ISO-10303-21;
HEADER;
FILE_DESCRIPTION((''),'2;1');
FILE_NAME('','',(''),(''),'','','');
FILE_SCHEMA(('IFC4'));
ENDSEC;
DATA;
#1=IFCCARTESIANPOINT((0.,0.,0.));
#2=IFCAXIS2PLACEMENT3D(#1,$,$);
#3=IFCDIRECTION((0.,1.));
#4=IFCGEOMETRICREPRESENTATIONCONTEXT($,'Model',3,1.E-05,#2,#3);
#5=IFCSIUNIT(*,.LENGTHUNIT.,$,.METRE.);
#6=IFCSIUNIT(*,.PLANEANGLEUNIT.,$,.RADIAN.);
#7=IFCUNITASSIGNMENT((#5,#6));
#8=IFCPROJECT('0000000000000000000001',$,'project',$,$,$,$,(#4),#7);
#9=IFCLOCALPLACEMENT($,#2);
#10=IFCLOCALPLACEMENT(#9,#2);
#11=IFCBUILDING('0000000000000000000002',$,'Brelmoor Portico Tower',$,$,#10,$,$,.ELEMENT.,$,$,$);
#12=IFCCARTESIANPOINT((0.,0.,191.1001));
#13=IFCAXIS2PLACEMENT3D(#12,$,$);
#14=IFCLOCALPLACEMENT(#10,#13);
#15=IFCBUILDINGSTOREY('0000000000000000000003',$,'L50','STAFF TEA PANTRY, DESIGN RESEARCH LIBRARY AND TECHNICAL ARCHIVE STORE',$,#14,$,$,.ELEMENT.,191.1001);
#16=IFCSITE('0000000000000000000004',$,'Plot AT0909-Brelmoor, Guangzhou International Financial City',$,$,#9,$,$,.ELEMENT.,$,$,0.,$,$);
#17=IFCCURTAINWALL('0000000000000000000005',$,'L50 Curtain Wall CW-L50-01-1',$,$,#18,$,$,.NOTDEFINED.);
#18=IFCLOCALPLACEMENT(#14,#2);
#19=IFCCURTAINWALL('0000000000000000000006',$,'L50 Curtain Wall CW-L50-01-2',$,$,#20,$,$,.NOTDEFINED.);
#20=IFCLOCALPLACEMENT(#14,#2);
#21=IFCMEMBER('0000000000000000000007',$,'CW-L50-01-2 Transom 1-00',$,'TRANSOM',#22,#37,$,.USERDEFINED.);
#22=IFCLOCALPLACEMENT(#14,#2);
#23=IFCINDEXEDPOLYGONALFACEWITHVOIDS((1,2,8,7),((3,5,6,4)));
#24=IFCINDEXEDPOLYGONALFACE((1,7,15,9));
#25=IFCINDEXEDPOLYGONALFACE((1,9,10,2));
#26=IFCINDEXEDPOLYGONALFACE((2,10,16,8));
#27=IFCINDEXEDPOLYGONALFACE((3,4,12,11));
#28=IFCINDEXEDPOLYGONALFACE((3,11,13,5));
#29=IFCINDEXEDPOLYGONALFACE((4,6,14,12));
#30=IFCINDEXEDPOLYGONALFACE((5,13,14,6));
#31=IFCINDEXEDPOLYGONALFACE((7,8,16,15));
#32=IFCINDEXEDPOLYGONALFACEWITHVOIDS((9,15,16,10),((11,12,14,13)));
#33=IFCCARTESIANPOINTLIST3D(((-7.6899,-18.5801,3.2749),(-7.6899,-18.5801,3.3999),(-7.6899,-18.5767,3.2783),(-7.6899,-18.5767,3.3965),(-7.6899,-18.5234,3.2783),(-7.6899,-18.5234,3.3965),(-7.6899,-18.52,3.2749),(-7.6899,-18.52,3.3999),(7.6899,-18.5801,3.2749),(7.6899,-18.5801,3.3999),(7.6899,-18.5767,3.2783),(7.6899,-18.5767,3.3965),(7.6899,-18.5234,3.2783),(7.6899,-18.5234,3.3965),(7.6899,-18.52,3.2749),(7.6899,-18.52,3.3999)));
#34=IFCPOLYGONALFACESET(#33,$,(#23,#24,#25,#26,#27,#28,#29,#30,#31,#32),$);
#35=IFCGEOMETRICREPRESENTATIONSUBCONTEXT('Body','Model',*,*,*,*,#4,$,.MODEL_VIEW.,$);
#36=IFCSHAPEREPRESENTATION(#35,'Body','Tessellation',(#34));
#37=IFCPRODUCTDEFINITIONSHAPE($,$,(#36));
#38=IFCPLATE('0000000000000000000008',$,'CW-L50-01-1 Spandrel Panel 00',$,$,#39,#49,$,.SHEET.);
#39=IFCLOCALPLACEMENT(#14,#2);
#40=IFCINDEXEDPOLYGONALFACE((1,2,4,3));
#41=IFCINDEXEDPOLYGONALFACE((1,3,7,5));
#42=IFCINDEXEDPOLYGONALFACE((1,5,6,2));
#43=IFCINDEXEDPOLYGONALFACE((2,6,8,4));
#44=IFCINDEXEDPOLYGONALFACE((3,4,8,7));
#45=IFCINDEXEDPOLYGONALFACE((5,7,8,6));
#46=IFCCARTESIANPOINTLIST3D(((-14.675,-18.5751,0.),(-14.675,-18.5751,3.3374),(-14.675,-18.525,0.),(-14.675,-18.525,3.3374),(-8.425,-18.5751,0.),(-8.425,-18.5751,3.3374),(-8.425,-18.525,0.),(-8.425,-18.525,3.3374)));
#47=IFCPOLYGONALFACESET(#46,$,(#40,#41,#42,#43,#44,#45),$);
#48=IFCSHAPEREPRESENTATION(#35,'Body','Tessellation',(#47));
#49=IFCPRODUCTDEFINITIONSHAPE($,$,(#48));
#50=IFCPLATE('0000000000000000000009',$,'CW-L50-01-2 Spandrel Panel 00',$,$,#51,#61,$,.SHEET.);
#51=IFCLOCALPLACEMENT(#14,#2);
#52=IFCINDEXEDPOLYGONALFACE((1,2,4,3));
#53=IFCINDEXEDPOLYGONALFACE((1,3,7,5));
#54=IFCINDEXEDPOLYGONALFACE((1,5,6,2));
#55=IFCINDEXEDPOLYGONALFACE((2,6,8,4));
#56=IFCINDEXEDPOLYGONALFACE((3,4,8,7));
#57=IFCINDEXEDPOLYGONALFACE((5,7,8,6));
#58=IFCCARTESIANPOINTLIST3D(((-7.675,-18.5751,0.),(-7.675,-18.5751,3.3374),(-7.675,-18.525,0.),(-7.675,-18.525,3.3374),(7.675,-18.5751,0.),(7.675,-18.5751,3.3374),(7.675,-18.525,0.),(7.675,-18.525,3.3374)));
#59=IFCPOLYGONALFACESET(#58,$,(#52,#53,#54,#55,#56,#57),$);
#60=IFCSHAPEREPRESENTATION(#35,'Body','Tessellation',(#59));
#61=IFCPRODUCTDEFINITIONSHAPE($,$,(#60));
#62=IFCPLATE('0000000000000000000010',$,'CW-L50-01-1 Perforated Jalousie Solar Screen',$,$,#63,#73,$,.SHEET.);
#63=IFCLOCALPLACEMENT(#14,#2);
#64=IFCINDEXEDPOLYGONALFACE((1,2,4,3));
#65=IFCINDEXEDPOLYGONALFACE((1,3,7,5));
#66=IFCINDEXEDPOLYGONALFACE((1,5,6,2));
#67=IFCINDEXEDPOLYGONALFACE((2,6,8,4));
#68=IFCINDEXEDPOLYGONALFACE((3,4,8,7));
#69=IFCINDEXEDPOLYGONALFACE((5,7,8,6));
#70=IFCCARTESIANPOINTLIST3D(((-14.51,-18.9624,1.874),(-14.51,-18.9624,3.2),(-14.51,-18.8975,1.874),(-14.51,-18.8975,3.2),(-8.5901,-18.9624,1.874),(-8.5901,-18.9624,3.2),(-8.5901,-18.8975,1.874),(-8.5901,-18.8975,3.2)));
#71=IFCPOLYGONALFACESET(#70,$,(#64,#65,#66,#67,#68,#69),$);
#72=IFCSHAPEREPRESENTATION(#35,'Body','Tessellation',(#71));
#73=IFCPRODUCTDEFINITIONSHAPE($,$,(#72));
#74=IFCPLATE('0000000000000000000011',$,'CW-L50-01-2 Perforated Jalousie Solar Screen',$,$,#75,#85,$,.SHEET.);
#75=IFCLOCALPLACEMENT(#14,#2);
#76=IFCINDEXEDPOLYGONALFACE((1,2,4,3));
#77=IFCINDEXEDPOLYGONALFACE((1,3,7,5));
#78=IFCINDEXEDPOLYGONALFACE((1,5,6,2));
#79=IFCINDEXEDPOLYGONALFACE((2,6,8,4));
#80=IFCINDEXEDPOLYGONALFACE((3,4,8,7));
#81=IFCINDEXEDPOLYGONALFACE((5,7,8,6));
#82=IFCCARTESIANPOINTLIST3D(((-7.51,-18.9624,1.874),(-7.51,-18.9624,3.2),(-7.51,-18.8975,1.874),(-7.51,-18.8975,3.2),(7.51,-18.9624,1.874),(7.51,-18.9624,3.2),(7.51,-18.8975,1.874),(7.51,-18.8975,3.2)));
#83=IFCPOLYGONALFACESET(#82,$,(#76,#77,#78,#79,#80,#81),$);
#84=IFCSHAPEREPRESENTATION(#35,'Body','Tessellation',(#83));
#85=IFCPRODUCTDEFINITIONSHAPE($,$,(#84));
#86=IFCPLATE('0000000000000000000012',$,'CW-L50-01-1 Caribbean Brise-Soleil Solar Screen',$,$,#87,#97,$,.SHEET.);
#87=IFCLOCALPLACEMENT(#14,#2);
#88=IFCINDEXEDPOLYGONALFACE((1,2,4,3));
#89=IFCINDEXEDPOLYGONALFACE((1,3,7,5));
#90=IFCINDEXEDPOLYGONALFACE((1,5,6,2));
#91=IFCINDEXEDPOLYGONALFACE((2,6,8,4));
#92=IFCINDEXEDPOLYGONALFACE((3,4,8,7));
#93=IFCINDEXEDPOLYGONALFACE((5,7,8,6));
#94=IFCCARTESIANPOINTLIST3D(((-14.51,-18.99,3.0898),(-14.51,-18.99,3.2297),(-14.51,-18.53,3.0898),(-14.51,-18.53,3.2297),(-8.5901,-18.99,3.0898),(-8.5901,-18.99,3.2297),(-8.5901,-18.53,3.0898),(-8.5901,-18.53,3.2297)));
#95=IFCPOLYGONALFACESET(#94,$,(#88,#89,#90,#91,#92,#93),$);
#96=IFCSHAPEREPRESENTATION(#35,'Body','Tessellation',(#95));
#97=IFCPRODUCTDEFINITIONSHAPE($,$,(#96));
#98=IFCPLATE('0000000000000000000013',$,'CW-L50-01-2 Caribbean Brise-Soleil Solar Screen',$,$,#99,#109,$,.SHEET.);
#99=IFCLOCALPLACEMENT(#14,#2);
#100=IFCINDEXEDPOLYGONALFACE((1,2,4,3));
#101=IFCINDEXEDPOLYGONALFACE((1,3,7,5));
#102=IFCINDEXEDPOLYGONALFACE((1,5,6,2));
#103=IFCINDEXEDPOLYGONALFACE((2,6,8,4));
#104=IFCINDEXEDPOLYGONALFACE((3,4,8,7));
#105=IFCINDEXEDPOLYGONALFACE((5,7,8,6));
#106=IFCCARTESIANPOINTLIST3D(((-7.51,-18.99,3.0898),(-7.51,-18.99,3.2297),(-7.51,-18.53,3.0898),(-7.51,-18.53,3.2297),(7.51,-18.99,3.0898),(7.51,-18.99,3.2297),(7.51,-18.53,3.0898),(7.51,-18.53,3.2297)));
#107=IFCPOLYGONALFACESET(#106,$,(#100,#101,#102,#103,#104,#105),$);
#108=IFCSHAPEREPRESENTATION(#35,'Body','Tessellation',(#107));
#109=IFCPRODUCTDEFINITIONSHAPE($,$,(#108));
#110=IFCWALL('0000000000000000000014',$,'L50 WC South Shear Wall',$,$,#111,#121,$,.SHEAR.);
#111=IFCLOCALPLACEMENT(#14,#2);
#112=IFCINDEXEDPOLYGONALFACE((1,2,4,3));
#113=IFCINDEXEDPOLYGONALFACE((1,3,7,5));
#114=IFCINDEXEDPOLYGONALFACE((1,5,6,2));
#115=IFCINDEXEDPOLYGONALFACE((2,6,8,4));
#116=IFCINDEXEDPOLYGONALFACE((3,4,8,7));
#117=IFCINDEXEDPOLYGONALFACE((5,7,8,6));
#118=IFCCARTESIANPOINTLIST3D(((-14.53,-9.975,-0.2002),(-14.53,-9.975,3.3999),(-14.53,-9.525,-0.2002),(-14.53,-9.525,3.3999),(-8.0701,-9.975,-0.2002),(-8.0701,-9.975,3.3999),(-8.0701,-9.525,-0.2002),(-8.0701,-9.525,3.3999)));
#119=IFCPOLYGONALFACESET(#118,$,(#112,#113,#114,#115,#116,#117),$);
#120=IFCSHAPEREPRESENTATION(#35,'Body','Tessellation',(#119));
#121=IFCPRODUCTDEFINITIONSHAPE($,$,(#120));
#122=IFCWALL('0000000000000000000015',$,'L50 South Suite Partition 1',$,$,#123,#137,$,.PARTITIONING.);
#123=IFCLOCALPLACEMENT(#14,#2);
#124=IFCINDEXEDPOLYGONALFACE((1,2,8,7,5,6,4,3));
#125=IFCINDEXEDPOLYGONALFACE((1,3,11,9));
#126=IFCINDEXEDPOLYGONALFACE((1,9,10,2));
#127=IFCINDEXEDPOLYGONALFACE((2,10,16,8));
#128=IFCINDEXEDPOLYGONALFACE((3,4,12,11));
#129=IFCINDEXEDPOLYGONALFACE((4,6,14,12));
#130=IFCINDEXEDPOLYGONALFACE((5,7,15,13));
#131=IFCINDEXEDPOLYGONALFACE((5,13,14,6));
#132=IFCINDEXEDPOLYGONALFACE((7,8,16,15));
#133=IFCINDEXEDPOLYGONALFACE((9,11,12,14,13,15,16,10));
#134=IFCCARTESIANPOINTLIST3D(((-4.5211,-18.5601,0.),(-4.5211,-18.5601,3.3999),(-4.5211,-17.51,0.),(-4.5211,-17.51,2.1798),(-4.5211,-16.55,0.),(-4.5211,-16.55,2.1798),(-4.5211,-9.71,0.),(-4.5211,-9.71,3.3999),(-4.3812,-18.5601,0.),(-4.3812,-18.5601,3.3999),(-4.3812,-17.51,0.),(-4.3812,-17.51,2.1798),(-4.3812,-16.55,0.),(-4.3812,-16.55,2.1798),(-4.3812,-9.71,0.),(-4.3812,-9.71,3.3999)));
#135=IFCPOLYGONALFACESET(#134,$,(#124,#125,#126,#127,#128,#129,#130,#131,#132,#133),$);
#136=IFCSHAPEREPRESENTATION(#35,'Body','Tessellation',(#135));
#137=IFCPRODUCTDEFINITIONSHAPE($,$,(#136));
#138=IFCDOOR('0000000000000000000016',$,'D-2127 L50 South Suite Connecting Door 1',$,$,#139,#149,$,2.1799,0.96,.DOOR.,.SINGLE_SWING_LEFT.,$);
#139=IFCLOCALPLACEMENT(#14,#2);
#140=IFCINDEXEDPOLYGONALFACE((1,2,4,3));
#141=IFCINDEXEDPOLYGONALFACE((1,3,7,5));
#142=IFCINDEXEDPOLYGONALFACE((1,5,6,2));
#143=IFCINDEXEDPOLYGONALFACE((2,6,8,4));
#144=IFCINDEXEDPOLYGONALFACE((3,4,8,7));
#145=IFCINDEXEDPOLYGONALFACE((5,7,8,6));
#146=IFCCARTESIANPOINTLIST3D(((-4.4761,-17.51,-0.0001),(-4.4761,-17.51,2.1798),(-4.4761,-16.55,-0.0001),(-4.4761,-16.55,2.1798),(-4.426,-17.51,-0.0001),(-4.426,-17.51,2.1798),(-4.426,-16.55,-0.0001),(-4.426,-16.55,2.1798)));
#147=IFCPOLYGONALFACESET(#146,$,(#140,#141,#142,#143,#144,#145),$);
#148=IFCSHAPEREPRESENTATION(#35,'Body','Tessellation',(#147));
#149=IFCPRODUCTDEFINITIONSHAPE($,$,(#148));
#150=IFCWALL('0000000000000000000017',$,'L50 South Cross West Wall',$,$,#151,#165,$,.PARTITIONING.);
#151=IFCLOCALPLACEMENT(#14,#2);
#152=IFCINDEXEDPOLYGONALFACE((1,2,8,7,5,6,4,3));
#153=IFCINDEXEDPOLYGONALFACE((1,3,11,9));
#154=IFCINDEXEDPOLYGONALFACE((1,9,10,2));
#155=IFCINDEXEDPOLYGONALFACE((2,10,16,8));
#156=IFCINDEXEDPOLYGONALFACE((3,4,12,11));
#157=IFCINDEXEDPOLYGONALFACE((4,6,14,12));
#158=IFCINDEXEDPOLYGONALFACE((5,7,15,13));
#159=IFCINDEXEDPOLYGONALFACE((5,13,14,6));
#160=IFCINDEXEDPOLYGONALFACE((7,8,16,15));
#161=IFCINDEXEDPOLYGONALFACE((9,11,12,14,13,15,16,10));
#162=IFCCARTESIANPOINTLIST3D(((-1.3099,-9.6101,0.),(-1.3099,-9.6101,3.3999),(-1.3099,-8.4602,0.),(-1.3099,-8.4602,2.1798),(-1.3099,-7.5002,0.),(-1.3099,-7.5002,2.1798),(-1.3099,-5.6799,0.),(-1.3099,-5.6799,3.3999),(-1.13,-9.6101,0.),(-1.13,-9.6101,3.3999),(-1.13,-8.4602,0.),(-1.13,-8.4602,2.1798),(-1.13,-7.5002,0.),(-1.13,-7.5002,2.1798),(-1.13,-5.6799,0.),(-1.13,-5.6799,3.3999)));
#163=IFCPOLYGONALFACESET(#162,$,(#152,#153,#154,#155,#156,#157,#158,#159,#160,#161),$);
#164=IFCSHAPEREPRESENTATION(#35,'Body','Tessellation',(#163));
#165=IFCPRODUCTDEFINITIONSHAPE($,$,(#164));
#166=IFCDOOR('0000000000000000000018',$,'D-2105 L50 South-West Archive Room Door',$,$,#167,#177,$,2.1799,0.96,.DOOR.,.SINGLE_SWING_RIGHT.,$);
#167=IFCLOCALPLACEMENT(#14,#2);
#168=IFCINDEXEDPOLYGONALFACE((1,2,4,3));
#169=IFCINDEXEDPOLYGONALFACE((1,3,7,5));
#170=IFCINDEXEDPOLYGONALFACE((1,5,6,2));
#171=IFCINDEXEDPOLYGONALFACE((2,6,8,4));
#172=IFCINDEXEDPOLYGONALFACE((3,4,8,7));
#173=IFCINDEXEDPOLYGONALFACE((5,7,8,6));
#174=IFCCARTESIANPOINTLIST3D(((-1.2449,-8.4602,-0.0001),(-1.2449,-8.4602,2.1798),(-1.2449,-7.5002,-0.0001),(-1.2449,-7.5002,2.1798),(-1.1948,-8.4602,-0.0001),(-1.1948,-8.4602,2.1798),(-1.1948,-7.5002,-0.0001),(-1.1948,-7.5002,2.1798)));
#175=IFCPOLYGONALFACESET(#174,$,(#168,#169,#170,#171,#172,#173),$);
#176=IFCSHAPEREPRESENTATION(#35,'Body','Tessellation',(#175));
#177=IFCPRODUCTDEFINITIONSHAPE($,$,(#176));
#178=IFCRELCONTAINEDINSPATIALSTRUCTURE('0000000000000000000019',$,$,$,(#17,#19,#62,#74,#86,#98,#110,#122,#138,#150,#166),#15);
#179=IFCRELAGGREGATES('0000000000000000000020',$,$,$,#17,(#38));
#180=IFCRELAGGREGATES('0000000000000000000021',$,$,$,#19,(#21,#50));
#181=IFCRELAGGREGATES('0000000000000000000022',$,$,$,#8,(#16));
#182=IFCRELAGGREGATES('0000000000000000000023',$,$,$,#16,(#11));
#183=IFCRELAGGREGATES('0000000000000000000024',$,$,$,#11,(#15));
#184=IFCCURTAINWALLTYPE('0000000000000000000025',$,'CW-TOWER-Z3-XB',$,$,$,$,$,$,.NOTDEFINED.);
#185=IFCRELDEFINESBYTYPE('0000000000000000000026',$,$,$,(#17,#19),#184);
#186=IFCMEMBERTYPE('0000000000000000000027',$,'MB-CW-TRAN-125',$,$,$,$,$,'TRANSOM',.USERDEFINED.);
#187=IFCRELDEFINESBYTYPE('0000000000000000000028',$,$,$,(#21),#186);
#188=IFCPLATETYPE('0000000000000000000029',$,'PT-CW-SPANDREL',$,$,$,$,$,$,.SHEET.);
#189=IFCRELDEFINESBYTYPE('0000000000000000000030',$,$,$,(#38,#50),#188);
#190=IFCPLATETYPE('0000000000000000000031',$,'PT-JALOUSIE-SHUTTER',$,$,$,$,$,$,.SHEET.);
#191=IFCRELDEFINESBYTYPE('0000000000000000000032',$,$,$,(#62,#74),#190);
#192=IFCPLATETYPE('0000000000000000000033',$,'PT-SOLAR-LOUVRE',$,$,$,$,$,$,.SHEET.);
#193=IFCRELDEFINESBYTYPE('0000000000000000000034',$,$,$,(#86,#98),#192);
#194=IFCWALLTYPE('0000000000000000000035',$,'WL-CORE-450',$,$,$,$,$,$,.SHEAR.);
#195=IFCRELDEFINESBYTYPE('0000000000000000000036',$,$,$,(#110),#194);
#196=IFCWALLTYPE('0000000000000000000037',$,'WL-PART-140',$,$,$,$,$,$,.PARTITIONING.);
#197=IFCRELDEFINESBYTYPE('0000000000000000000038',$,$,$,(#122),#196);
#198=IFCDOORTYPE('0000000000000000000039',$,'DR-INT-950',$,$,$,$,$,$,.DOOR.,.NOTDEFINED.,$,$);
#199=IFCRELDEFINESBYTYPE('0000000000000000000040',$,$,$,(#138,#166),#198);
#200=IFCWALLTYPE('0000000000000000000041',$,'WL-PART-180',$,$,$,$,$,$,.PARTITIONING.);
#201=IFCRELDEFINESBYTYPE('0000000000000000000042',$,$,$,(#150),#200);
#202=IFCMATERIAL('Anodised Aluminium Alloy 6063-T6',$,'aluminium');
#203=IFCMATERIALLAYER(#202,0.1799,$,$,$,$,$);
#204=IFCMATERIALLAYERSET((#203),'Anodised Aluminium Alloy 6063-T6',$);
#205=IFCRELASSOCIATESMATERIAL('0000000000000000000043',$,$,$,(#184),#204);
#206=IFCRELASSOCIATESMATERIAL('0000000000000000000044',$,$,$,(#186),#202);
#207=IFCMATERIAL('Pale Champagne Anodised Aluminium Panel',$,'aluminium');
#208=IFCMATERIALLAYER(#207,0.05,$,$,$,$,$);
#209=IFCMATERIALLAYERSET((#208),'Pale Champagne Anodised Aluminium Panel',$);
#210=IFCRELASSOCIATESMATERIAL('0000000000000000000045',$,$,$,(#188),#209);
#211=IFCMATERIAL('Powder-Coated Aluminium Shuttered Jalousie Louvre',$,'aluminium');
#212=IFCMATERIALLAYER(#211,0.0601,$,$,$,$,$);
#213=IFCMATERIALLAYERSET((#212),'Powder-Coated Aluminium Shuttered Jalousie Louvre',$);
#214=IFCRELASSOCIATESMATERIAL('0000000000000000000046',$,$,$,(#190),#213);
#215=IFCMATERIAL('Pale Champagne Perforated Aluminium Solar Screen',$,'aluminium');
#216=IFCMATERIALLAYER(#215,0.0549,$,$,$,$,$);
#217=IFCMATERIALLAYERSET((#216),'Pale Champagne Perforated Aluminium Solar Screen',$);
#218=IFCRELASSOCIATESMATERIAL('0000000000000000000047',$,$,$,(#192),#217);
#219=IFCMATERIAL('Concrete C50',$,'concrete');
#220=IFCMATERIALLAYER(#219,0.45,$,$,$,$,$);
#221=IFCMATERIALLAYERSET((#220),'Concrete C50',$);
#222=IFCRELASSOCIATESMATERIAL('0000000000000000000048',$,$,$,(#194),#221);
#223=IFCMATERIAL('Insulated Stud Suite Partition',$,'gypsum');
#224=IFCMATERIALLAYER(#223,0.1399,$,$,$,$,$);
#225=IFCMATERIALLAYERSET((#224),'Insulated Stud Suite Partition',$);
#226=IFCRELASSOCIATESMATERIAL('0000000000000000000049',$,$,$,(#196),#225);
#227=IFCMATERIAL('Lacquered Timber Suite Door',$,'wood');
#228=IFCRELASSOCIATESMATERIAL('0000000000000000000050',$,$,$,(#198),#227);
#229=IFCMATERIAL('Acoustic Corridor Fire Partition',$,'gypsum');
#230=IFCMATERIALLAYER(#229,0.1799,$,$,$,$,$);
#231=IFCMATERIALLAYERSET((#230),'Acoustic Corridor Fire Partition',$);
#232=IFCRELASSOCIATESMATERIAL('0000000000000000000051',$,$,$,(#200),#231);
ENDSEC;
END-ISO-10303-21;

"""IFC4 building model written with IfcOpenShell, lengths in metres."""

from ifc_helpers import new_model, si_unit, direction, frame, frame_2d, origin, origin_2d, place, context, subcontext, project, spatial, rectangle, hollow_rectangle, extrude, material, layer, layer_set, material_profile, profile_set, type_object, element, fill, aggregate, save


model = new_model("IFC4")

# Units and contexts
model_context = context("Model", 3, precision=1e-05, world=origin(), true_north=direction((0.0, 1.0)))
body_context = subcontext(model_context, "Body", "Model", "MODEL_VIEW")
ifc_project = project(units=[si_unit("LENGTHUNIT", "METRE"), si_unit("PLANEANGLEUNIT", "RADIAN")], contexts=[model_context])

# Site, building, storey
site_placement = place(None, origin())
site = spatial("IfcSite", under=ifc_project, at=site_placement, Name="Plot AT0909-Brelmoor, Guangzhou International Financial City", CompositionType="ELEMENT", RefElevation=0.0)
building_placement = place(site_placement, origin())
building = spatial("IfcBuilding", under=site, at=building_placement, Name="Brelmoor Portico Tower", CompositionType="ELEMENT")
storey_placement = place(building_placement, frame((0.0, 0.0, 191.1001)))
storey = spatial("IfcBuildingStorey", under=building, at=storey_placement, Name="L50", Description="STAFF TEA PANTRY, DESIGN RESEARCH LIBRARY AND TECHNICAL ARCHIVE STORE", CompositionType="ELEMENT", Elevation=191.1001)

# Curtain wall
ifc_material_1 = material(Name="Anodised Aluminium Alloy 6063-T6", Category="aluminium")
ifc_layer_1 = layer(ifc_material_1, 0.1799)
ifc_layer_set_1 = layer_set([ifc_layer_1], Name="Anodised Aluminium Alloy 6063-T6")
curtain_wall_type = type_object("IfcCurtainWallType", Name="CW-TOWER-Z3-XB", PredefinedType="NOTDEFINED", material=ifc_layer_set_1)
curtain_wall_1_placement = place(storey_placement, origin())
curtain_wall_1 = element("IfcCurtainWall", 1, at=curtain_wall_1_placement, inside=storey, type_object=curtain_wall_type, Name="L50 Curtain Wall CW-L50-01-1", PredefinedType="NOTDEFINED")

# Curtain wall, member
curtain_wall_2_placement = place(storey_placement, origin())
curtain_wall_2 = element("IfcCurtainWall", 2, at=curtain_wall_2_placement, inside=storey, type_object=curtain_wall_type, Name="L50 Curtain Wall CW-L50-01-2", PredefinedType="NOTDEFINED")
ifc_material_profile_1 = material_profile(ifc_material_1, hollow_rectangle(XDim=0.0601, YDim=0.125, WallThickness=0.0034, at=origin_2d()), Name="ALU TRANSOM 60x125")
ifc_profile_set_1 = profile_set([ifc_material_profile_1], Name="Anodised Aluminium Alloy 6063-T6")
member_type_1 = type_object("IfcMemberType", Name="MB-CW-TRAN-125", ElementType="TRANSOM", PredefinedType="USERDEFINED", material=ifc_profile_set_1)
member_1_placement = place(storey_placement, frame((-7.6899, -18.55, 3.3374), z_axis=(1.0, 0.0, 0.0), x_axis=(0.0, 1.0, 0.0)))
member_1 = element("IfcMember", 3, at=member_1_placement, type_object=member_type_1, Name="CW-L50-01-2 Transom 1-00", ObjectType="TRANSOM", PredefinedType="USERDEFINED", context=body_context, shape_type="SweptSolid", body=[
    extrude(hollow_rectangle(XDim=0.0601, YDim=0.125, WallThickness=0.0034, at=origin_2d()), origin(), (0.0, 0.0, 1.0), 15.3799),
])

# Plates
ifc_material_2 = material(Name="Pale Champagne Anodised Aluminium Panel", Category="aluminium")
ifc_layer_2 = layer(ifc_material_2, 0.05)
ifc_layer_set_2 = layer_set([ifc_layer_2], Name="Pale Champagne Anodised Aluminium Panel")
plate_type_1 = type_object("IfcPlateType", Name="PT-CW-SPANDREL", PredefinedType="SHEET", material=ifc_layer_set_2)
plate_1_placement = place(storey_placement, frame((-11.55, -18.55, 0.0), z_axis=(0.0, 0.0, 1.0), x_axis=(1.0, 0.0, 0.0)))
plate_1 = element("IfcPlate", 4, at=plate_1_placement, type_object=plate_type_1, Name="CW-L50-01-1 Spandrel Panel 00", PredefinedType="SHEET", context=body_context, shape_type="SweptSolid", body=[
    extrude(rectangle(XDim=6.25, YDim=0.05, at=origin_2d()), origin(), (0.0, 0.0, 1.0), 3.3374),
])
aggregate(curtain_wall_1, [plate_1])
plate_2_placement = place(storey_placement, frame((0.0, -18.55, 0.0), z_axis=(0.0, 0.0, 1.0), x_axis=(1.0, 0.0, 0.0)))
plate_2 = element("IfcPlate", 5, at=plate_2_placement, type_object=plate_type_1, Name="CW-L50-01-2 Spandrel Panel 00", PredefinedType="SHEET", context=body_context, shape_type="SweptSolid", body=[
    extrude(rectangle(XDim=15.3501, YDim=0.05, at=origin_2d()), origin(), (0.0, 0.0, 1.0), 3.3374),
])
aggregate(curtain_wall_2, [member_1, plate_2])

# Plates
ifc_material_3 = material(Name="Powder-Coated Aluminium Shuttered Jalousie Louvre", Category="aluminium")
ifc_layer_3 = layer(ifc_material_3, 0.0601)
ifc_layer_set_3 = layer_set([ifc_layer_3], Name="Powder-Coated Aluminium Shuttered Jalousie Louvre")
plate_type_2 = type_object("IfcPlateType", Name="PT-JALOUSIE-SHUTTER", PredefinedType="SHEET", material=ifc_layer_set_3)
plate_3_placement = place(storey_placement, frame((-11.55, -18.9299, 1.874), z_axis=(0.0, 0.0, 1.0), x_axis=(1.0, 0.0, 0.0)))
element("IfcPlate", 6, at=plate_3_placement, inside=storey, type_object=plate_type_2, Name="CW-L50-01-1 Perforated Jalousie Solar Screen", PredefinedType="SHEET", context=body_context, shape_type="SweptSolid", body=[
    extrude(rectangle(XDim=5.9199, YDim=0.0649, at=origin_2d()), origin(), (0.0, 0.0, 1.0), 1.3259),
])
plate_4_placement = place(storey_placement, frame((0.0, -18.9299, 1.874), z_axis=(0.0, 0.0, 1.0), x_axis=(1.0, 0.0, 0.0)))
element("IfcPlate", 7, at=plate_4_placement, inside=storey, type_object=plate_type_2, Name="CW-L50-01-2 Perforated Jalousie Solar Screen", PredefinedType="SHEET", context=body_context, shape_type="SweptSolid", body=[
    extrude(rectangle(XDim=15.02, YDim=0.0649, at=origin_2d()), origin(), (0.0, 0.0, 1.0), 1.3259),
])
ifc_material_4 = material(Name="Pale Champagne Perforated Aluminium Solar Screen", Category="aluminium")
ifc_layer_4 = layer(ifc_material_4, 0.0549)
ifc_layer_set_4 = layer_set([ifc_layer_4], Name="Pale Champagne Perforated Aluminium Solar Screen")
plate_type_3 = type_object("IfcPlateType", Name="PT-SOLAR-LOUVRE", PredefinedType="SHEET", material=ifc_layer_set_4)
plate_5_placement = place(storey_placement, frame((-11.55, -18.76, 3.0898), z_axis=(0.0, 0.0, 1.0), x_axis=(1.0, 0.0, 0.0)))
element("IfcPlate", 8, at=plate_5_placement, inside=storey, type_object=plate_type_3, Name="CW-L50-01-1 Caribbean Brise-Soleil Solar Screen", PredefinedType="SHEET", context=body_context, shape_type="SweptSolid", body=[
    extrude(rectangle(XDim=5.9199, YDim=0.46, at=origin_2d()), origin(), (0.0, 0.0, 1.0), 0.1399),
])
plate_6_placement = place(storey_placement, frame((0.0, -18.76, 3.0898), z_axis=(0.0, 0.0, 1.0), x_axis=(1.0, 0.0, 0.0)))
element("IfcPlate", 9, at=plate_6_placement, inside=storey, type_object=plate_type_3, Name="CW-L50-01-2 Caribbean Brise-Soleil Solar Screen", PredefinedType="SHEET", context=body_context, shape_type="SweptSolid", body=[
    extrude(rectangle(XDim=15.02, YDim=0.46, at=origin_2d()), origin(), (0.0, 0.0, 1.0), 0.1399),
])

# Wall
ifc_material_5 = material(Name="Concrete C50", Category="concrete")
ifc_layer_5 = layer(ifc_material_5, 0.45)
ifc_layer_set_5 = layer_set([ifc_layer_5], Name="Concrete C50")
wall_type_1 = type_object("IfcWallType", Name="WL-CORE-450", PredefinedType="SHEAR", material=ifc_layer_set_5)
wall_1_placement = place(storey_placement, frame((-14.53, -9.75, -0.2002), z_axis=(0.0, 0.0, 1.0), x_axis=(1.0, 0.0, 0.0)))
element("IfcWall", 10, at=wall_1_placement, inside=storey, type_object=wall_type_1, Name="L50 WC South Shear Wall", PredefinedType="SHEAR", context=body_context, shape_type="SweptSolid", body=[
    extrude(rectangle(XDim=6.46, YDim=0.45, at=frame_2d((3.23, 0.0))), origin(), (0.0, 0.0, 1.0), 3.6001),
])

# Walls, openings, doors
ifc_material_6 = material(Name="Insulated Stud Suite Partition", Category="gypsum")
ifc_layer_6 = layer(ifc_material_6, 0.1399)
ifc_layer_set_6 = layer_set([ifc_layer_6], Name="Insulated Stud Suite Partition")
wall_type_2 = type_object("IfcWallType", Name="WL-PART-140", PredefinedType="PARTITIONING", material=ifc_layer_set_6)
wall_2_placement = place(storey_placement, frame((-4.4512, -18.5601, 0.0), z_axis=(0.0, 0.0, 1.0), x_axis=(0.0, 1.0, 0.0)))
wall_2 = element("IfcWall", 11, at=wall_2_placement, inside=storey, type_object=wall_type_2, Name="L50 South Suite Partition 1", PredefinedType="PARTITIONING", context=body_context, shape_type="SweptSolid", body=[
    extrude(rectangle(XDim=8.8501, YDim=0.1399, at=frame_2d((4.425, 0.0))), origin(), (0.0, 0.0, 1.0), 3.3999),
])
opening_1_placement = place(wall_2_placement, frame((1.05, 0.0, 0.0)))
opening_1 = element("IfcOpeningElement", 12, at=opening_1_placement, cuts=wall_2, PredefinedType="OPENING", context=body_context, shape_type="SweptSolid", body=[
    extrude(rectangle(XDim=0.96, YDim=2.1799, at=frame_2d((0.48, 1.0898))), frame((0.0, 0.0798, 0.0), z_axis=(0.0, -1.0, 0.0), x_axis=(1.0, 0.0, 0.0)), (0.0, 0.0, 1.0), 0.1599),
])
ifc_material_7 = material(Name="Lacquered Timber Suite Door", Category="wood")
door_type_1 = type_object("IfcDoorType", Name="DR-INT-950", OperationType="NOTDEFINED", PredefinedType="DOOR", material=ifc_material_7)
door_1_placement = place(opening_1_placement, origin())
door_1 = element("IfcDoor", 13, at=door_1_placement, inside=storey, type_object=door_type_1, Name="D-2127 L50 South Suite Connecting Door 1", OperationType="SINGLE_SWING_LEFT", OverallHeight=2.1799, OverallWidth=0.96, PredefinedType="DOOR", context=body_context, shape_type="SweptSolid", body=[
    extrude(rectangle(XDim=0.96, YDim=2.1799, at=frame_2d((0.48, 1.0898))), frame((0.0, 0.0249, 0.0), z_axis=(0.0, -1.0, 0.0), x_axis=(1.0, 0.0, 0.0)), (0.0, 0.0, 1.0), 0.05),
])
fill(opening_1, door_1)
ifc_material_8 = material(Name="Acoustic Corridor Fire Partition", Category="gypsum")
ifc_layer_7 = layer(ifc_material_8, 0.1799)
ifc_layer_set_7 = layer_set([ifc_layer_7], Name="Acoustic Corridor Fire Partition")
wall_type_3 = type_object("IfcWallType", Name="WL-PART-180", PredefinedType="PARTITIONING", material=ifc_layer_set_7)
wall_3_placement = place(storey_placement, frame((-1.22, -9.6101, 0.0), z_axis=(0.0, 0.0, 1.0), x_axis=(0.0, 1.0, 0.0)))
wall_3 = element("IfcWall", 14, at=wall_3_placement, inside=storey, type_object=wall_type_3, Name="L50 South Cross West Wall", PredefinedType="PARTITIONING", context=body_context, shape_type="SweptSolid", body=[
    extrude(rectangle(XDim=3.9302, YDim=0.1799, at=frame_2d((1.9651, 0.0))), origin(), (0.0, 0.0, 1.0), 3.3999),
])
opening_2_placement = place(wall_3_placement, frame((1.1499, 0.0, 0.0)))
opening_2 = element("IfcOpeningElement", 15, at=opening_2_placement, cuts=wall_3, PredefinedType="OPENING", context=body_context, shape_type="SweptSolid", body=[
    extrude(rectangle(XDim=0.96, YDim=2.1799, at=frame_2d((0.48, 1.0898))), frame((0.0, 0.0999, 0.0), z_axis=(0.0, -1.0, 0.0), x_axis=(1.0, 0.0, 0.0)), (0.0, 0.0, 1.0), 0.2),
])
door_2_placement = place(opening_2_placement, origin())
door_2 = element("IfcDoor", 16, at=door_2_placement, inside=storey, type_object=door_type_1, Name="D-2105 L50 South-West Archive Room Door", OperationType="SINGLE_SWING_RIGHT", OverallHeight=2.1799, OverallWidth=0.96, PredefinedType="DOOR", context=body_context, shape_type="SweptSolid", body=[
    extrude(rectangle(XDim=0.96, YDim=2.1799, at=frame_2d((0.48, 1.0898))), frame((0.0, 0.0249, 0.0), z_axis=(0.0, -1.0, 0.0), x_axis=(1.0, 0.0, 0.0)), (0.0, 0.0, 1.0), 0.05),
])
fill(opening_2, door_2)

save(model, "model.ifc")
